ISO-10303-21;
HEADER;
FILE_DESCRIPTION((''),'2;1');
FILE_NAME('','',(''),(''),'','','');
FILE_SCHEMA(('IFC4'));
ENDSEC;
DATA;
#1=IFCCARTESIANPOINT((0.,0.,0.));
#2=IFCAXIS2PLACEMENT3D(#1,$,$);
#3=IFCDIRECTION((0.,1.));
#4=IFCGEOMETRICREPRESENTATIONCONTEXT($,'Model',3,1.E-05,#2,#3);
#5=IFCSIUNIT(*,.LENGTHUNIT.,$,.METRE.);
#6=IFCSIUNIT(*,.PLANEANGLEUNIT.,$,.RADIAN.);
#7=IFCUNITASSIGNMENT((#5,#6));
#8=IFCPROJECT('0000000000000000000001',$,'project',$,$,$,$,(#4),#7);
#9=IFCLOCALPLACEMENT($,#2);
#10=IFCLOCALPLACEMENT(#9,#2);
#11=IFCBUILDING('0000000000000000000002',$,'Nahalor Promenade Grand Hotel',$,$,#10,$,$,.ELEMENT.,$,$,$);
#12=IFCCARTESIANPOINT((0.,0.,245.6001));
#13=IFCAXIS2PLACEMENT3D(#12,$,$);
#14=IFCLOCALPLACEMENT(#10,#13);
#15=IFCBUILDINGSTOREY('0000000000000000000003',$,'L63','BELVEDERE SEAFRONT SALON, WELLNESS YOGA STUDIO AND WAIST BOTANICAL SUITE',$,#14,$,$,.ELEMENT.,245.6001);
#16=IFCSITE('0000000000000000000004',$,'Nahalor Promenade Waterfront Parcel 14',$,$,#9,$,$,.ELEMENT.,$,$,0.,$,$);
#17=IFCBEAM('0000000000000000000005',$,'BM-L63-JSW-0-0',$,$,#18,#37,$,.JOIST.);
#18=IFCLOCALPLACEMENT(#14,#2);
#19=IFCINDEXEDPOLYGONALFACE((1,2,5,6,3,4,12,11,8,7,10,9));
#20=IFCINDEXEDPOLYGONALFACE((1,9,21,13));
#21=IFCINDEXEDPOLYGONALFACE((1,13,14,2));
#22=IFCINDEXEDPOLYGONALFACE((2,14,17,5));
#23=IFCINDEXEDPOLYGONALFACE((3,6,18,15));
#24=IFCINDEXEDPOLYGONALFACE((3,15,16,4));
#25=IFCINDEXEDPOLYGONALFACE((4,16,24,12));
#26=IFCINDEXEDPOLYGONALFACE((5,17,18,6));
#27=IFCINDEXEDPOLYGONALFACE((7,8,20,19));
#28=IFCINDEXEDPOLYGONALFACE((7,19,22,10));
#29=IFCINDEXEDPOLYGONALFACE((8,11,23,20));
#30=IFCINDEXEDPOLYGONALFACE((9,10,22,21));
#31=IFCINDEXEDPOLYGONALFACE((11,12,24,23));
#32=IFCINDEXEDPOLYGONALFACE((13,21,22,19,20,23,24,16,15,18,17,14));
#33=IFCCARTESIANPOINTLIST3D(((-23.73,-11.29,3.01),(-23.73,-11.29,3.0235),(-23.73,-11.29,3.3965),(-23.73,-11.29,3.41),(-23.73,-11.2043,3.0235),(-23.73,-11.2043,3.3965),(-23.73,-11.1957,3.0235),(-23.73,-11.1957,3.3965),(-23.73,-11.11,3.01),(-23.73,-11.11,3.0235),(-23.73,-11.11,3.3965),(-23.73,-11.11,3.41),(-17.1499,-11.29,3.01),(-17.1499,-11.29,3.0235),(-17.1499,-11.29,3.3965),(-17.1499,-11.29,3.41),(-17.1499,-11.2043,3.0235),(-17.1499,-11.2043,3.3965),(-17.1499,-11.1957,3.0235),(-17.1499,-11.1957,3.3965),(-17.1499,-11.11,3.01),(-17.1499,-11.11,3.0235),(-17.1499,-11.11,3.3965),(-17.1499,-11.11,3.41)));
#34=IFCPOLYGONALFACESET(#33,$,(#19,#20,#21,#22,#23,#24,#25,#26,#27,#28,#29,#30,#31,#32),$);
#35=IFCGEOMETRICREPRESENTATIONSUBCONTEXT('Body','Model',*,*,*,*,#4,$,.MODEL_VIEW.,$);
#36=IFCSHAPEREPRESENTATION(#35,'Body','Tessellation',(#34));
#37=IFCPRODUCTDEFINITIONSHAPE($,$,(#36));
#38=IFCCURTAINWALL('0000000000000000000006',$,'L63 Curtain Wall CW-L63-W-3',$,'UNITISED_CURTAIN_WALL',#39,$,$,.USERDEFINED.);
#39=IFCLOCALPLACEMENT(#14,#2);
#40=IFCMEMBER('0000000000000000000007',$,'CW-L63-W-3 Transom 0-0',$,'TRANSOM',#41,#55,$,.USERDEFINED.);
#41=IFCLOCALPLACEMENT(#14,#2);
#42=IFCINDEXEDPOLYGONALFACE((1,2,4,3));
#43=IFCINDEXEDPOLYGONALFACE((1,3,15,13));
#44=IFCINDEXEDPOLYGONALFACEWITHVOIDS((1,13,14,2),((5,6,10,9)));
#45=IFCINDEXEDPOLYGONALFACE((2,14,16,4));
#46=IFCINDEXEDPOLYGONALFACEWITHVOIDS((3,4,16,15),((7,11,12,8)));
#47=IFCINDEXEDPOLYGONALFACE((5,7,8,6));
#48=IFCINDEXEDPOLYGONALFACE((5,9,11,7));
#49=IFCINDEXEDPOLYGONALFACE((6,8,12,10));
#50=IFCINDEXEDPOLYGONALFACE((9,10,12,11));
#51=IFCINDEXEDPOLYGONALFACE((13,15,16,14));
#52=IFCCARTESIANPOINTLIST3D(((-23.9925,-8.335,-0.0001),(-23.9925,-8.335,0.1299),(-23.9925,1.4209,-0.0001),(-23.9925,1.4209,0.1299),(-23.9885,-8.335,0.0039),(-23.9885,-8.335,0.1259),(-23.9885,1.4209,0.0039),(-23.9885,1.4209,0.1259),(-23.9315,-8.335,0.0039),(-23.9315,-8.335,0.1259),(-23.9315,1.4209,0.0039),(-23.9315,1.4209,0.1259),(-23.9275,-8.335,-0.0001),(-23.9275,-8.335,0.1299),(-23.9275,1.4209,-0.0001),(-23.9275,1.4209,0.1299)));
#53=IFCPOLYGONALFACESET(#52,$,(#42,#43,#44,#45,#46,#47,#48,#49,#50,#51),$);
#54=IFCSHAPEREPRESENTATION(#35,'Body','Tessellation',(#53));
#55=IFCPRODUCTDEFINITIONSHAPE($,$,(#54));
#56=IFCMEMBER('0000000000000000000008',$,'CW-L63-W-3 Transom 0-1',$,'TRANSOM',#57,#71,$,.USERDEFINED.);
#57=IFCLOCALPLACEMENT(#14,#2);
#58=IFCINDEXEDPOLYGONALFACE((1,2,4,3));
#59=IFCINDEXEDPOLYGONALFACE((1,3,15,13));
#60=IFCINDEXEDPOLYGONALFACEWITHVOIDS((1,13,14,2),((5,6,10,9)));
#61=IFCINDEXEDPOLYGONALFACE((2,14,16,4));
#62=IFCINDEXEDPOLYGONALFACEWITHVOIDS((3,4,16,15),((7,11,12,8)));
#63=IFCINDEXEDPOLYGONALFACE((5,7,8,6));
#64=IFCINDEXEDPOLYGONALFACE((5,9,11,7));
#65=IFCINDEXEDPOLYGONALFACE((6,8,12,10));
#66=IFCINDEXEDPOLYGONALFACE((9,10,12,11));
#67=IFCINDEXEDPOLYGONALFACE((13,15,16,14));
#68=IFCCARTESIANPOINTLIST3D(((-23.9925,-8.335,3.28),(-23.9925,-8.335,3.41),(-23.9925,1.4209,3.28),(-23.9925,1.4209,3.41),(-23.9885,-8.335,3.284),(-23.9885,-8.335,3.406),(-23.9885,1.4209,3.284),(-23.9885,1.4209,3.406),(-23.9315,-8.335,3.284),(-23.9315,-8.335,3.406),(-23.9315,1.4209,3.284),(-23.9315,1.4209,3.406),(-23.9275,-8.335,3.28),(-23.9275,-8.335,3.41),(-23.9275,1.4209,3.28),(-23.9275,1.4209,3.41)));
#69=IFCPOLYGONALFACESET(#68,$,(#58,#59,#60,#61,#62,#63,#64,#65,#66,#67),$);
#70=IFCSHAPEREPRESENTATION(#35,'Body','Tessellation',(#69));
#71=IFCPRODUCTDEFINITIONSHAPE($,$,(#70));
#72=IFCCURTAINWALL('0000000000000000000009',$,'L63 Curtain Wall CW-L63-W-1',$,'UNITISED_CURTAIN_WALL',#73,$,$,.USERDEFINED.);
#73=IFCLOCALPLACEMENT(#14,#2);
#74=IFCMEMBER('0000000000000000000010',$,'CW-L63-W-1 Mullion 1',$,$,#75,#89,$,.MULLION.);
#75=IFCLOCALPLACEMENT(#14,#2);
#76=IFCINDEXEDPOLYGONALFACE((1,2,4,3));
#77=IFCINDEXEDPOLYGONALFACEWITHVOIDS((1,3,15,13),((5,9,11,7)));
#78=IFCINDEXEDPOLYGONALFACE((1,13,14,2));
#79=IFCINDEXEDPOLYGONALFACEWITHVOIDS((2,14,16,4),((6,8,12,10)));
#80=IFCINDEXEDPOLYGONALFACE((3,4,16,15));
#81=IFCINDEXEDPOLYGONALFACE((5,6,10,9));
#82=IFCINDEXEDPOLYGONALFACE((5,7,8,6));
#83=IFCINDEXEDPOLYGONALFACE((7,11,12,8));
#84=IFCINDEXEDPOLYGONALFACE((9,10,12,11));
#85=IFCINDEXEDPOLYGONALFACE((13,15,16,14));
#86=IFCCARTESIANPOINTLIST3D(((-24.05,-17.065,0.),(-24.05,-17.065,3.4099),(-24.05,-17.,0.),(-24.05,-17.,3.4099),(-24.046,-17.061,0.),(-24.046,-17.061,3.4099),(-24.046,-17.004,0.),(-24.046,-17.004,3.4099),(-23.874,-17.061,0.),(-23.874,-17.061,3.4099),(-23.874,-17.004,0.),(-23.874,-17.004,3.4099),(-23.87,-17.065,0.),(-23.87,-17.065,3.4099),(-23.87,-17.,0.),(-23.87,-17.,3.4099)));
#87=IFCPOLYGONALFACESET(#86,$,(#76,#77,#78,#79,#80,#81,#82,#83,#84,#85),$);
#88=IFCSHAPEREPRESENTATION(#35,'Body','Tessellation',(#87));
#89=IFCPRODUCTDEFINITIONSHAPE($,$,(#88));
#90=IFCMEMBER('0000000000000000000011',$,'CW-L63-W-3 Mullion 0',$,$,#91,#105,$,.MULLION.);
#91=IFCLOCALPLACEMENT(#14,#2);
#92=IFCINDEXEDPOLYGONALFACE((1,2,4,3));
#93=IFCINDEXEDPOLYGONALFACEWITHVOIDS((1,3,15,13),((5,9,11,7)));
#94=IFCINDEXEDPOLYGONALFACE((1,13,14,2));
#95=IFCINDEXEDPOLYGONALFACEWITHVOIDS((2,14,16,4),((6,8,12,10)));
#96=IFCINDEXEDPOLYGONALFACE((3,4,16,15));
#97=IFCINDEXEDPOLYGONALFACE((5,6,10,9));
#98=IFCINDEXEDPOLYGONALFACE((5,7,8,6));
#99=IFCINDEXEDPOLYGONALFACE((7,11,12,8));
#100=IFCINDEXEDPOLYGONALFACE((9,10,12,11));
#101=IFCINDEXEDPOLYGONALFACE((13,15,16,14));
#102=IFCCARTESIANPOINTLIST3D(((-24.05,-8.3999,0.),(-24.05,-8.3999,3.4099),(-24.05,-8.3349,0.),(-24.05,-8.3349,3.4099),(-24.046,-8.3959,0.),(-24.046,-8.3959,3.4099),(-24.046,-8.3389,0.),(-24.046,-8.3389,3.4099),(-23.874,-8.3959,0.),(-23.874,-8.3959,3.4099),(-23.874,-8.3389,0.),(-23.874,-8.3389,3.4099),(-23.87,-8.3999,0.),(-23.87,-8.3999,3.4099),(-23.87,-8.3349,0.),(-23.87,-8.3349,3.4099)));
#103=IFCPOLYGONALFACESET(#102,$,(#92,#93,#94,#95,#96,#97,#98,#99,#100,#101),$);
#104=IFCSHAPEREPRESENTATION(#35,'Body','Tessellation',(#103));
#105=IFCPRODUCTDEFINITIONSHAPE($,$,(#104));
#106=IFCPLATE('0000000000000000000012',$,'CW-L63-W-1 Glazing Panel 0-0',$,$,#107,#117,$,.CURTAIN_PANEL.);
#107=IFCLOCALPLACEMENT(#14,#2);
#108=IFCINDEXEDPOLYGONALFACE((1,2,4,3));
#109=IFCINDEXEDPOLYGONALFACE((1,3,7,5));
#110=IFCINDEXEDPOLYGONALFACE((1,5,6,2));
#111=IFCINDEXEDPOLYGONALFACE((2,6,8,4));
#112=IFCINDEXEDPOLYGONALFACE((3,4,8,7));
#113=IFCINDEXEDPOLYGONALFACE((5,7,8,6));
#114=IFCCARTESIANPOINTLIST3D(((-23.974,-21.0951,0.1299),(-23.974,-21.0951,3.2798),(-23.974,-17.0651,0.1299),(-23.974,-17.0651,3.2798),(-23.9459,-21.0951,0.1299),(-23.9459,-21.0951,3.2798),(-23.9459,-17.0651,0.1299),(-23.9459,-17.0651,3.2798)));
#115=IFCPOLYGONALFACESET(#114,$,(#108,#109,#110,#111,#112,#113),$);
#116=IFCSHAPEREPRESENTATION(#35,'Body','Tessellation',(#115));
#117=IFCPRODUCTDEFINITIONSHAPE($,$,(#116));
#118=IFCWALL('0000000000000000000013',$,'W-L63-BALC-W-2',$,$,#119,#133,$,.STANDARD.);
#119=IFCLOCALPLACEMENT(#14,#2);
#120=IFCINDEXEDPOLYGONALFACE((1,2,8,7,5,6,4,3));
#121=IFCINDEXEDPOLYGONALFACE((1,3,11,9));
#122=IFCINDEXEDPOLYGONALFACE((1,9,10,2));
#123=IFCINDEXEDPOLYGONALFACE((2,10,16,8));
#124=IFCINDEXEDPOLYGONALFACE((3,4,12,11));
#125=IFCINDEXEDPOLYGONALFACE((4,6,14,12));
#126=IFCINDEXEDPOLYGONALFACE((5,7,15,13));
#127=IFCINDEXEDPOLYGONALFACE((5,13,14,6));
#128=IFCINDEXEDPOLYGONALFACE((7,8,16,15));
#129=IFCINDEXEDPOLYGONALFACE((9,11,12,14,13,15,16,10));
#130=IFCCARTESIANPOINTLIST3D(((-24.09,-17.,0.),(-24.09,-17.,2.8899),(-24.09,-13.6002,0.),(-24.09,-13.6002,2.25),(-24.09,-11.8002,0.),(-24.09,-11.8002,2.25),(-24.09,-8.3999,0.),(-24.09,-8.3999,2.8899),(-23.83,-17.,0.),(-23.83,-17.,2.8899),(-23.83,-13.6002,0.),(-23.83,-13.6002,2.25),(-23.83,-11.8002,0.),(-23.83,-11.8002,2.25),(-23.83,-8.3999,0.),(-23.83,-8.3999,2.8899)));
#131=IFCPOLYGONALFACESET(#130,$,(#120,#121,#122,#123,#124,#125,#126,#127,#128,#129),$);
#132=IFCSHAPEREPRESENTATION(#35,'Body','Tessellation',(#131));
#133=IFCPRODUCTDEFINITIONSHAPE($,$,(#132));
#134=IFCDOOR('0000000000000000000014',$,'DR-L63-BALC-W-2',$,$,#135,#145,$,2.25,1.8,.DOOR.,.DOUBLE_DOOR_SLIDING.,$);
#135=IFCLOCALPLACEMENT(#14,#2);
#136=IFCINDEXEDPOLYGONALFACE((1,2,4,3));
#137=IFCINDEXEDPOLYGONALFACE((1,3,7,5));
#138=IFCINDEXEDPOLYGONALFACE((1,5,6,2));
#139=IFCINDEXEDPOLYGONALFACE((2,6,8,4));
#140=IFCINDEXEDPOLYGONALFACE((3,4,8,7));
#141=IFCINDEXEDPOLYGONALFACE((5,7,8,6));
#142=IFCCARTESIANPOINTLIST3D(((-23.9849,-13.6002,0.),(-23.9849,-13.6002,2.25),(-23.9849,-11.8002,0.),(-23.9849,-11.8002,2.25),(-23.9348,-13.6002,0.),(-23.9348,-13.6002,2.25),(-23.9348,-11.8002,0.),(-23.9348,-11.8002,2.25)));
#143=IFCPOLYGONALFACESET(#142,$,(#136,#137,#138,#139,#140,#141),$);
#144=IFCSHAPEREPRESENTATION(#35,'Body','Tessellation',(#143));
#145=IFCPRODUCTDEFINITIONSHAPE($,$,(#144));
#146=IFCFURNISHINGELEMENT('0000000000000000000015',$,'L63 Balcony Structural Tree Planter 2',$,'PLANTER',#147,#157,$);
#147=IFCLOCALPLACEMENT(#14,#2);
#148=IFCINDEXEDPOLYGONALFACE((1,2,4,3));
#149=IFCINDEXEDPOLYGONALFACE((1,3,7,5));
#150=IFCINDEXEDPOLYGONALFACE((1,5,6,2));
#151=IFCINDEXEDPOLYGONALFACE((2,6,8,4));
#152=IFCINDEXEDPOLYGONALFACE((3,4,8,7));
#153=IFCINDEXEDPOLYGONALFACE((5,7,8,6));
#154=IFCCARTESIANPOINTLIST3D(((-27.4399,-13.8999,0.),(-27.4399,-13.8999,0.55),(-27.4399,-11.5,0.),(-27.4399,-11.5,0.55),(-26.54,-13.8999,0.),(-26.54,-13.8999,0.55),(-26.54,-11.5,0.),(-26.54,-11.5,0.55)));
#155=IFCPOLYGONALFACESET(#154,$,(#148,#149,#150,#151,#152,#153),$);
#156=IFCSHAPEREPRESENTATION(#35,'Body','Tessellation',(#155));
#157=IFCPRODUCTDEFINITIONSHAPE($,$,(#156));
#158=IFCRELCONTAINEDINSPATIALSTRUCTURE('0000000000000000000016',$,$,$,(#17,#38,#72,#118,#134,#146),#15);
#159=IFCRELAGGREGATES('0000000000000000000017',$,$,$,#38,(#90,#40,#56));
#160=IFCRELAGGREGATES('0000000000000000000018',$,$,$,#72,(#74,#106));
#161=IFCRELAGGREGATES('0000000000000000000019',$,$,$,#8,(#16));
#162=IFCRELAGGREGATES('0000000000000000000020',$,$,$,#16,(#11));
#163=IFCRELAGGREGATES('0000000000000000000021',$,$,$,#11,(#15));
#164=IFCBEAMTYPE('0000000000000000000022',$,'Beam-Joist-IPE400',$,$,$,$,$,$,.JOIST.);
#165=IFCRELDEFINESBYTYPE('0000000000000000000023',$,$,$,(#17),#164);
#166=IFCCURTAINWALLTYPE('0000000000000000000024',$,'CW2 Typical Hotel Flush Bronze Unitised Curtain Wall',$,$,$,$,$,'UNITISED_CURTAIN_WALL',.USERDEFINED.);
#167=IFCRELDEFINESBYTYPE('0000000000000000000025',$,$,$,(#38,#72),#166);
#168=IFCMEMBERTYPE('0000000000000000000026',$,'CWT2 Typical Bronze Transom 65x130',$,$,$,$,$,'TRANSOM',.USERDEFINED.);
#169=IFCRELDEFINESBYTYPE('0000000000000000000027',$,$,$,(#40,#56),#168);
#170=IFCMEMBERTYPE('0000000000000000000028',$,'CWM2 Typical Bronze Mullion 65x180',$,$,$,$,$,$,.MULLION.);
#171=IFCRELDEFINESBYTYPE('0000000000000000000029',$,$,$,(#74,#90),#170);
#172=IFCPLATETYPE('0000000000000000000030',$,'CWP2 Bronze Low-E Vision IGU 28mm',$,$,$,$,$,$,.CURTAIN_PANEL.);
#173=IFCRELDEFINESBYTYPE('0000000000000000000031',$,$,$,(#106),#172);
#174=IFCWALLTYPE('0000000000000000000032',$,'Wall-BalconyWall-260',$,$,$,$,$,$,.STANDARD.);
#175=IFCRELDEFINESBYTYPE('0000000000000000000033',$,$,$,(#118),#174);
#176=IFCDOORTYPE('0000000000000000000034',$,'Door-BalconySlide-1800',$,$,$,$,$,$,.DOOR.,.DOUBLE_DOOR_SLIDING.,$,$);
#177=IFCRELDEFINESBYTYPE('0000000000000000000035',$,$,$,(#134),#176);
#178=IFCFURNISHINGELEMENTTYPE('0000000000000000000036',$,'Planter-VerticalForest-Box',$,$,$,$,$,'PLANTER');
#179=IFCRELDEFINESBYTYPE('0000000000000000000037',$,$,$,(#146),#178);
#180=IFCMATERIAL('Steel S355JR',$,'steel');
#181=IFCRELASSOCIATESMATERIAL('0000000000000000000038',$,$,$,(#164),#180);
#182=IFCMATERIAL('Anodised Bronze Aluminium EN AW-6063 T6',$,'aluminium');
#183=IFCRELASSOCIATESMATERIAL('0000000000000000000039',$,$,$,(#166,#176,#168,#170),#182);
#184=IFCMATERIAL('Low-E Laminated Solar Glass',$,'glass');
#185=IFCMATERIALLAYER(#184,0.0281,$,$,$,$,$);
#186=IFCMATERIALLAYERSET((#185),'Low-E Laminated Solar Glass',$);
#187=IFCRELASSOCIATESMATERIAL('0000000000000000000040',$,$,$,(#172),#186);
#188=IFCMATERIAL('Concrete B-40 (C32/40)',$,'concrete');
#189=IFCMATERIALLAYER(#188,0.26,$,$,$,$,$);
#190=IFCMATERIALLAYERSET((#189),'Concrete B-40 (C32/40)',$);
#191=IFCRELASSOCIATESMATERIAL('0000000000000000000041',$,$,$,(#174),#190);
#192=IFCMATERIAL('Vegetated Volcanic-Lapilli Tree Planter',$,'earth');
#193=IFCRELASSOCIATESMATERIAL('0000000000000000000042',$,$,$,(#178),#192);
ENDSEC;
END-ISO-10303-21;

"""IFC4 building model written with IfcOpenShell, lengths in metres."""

from ifc_helpers import new_model, si_unit, direction, frame, frame_2d, origin, origin_2d, place, context, subcontext, project, spatial, rectangle, hollow_rectangle, i_section, extrude, source, transform, mapped, material, layer, layer_set, material_profile, profile_set, type_object, element, fill, aggregate, save


model = new_model("IFC4")

# Units and contexts
model_context = context("Model", 3, precision=1e-05, world=origin(), true_north=direction((0.0, 1.0)))
body_context = subcontext(model_context, "Body", "Model", "MODEL_VIEW")
ifc_project = project(units=[si_unit("LENGTHUNIT", "METRE"), si_unit("PLANEANGLEUNIT", "RADIAN")], contexts=[model_context])

# Site, building, storey
site_placement = place(None, origin())
site = spatial("IfcSite", under=ifc_project, at=site_placement, Name="Nahalor Promenade Waterfront Parcel 14", CompositionType="ELEMENT", RefElevation=0.0)
building_placement = place(site_placement, origin())
building = spatial("IfcBuilding", under=site, at=building_placement, Name="Nahalor Promenade Grand Hotel", CompositionType="ELEMENT")
storey_placement = place(building_placement, frame((0.0, 0.0, 245.6001)))
storey = spatial("IfcBuildingStorey", under=building, at=storey_placement, Name="L63", Description="BELVEDERE SEAFRONT SALON, WELLNESS YOGA STUDIO AND WAIST BOTANICAL SUITE", CompositionType="ELEMENT", Elevation=245.6001)

# Shared definitions
ifc_material_1 = material(Name="Steel S355JR", Category="steel")

# Beam
ifc_material_profile_1 = material_profile(ifc_material_1, i_section(OverallWidth=0.18, OverallDepth=0.4, WebThickness=0.0086, FlangeThickness=0.0135, at=origin_2d()), Name="IPE 400")
ifc_profile_set_1 = profile_set([ifc_material_profile_1], Name="Steel S355JR")
beam_type_1 = type_object("IfcBeamType", Name="Beam-Joist-IPE400", PredefinedType="JOIST", material=ifc_profile_set_1)
shared_shape_1 = source(origin(), body_context, "Body", "SweptSolid", [
    extrude(i_section(OverallWidth=0.18, OverallDepth=0.4, WebThickness=0.0086, FlangeThickness=0.0135, at=origin_2d()), origin(), (0.0, 0.0, 1.0), 6.5801),
])
beam_1_placement = place(storey_placement, frame((-23.73, -11.2, 3.21), z_axis=(1.0, 0.0, 0.0), x_axis=(0.0, 1.0, 0.0)))
element("IfcBeam", 1, at=beam_1_placement, inside=storey, type_object=beam_type_1, Name="BM-L63-JSW-0-0", PredefinedType="JOIST", context=body_context, shape_type="MappedRepresentation", body=[
    mapped(shared_shape_1, transform((0.0, 0.0, 0.0), scale=1.0)),
])

# Curtain wall, members
ifc_material_2 = material(Name="Anodised Bronze Aluminium EN AW-6063 T6", Category="aluminium")
curtain_wall_type = type_object("IfcCurtainWallType", Name="CW2 Typical Hotel Flush Bronze Unitised Curtain Wall", ElementType="UNITISED_CURTAIN_WALL", PredefinedType="USERDEFINED", material=ifc_material_2)
curtain_wall_1_placement = place(storey_placement, origin())
curtain_wall_1 = element("IfcCurtainWall", 2, at=curtain_wall_1_placement, inside=storey, type_object=curtain_wall_type, Name="L63 Curtain Wall CW-L63-W-3", ObjectType="UNITISED_CURTAIN_WALL", PredefinedType="USERDEFINED")
ifc_material_profile_2 = material_profile(ifc_material_2, hollow_rectangle(XDim=0.065, YDim=0.13, WallThickness=0.004, at=origin_2d()), Name="CWT 65x130x4")
ifc_profile_set_2 = profile_set([ifc_material_profile_2], Name="Anodised Bronze Aluminium EN AW-6063 T6")
member_type_1 = type_object("IfcMemberType", Name="CWT2 Typical Bronze Transom 65x130", ElementType="TRANSOM", PredefinedType="USERDEFINED", material=ifc_profile_set_2)
shared_shape_2 = source(origin(), body_context, "Body", "SweptSolid", [
    extrude(hollow_rectangle(XDim=0.065, YDim=0.13, WallThickness=0.004, at=origin_2d()), origin(), (0.0, 0.0, 1.0), 9.7559),
])
member_1_placement = place(storey_placement, frame((-23.96, -8.335, 0.0649), z_axis=(0.0, 1.0, 0.0), x_axis=(-1.0, 0.0, 0.0)))
member_1 = element("IfcMember", 3, at=member_1_placement, type_object=member_type_1, Name="CW-L63-W-3 Transom 0-0", ObjectType="TRANSOM", PredefinedType="USERDEFINED", context=body_context, shape_type="MappedRepresentation", body=[
    mapped(shared_shape_2, transform((0.0, 0.0, 0.0), scale=1.0)),
])
member_2_placement = place(storey_placement, frame((-23.96, -8.335, 3.345), z_axis=(0.0, 1.0, 0.0), x_axis=(-1.0, 0.0, 0.0)))
member_2 = element("IfcMember", 4, at=member_2_placement, type_object=member_type_1, Name="CW-L63-W-3 Transom 0-1", ObjectType="TRANSOM", PredefinedType="USERDEFINED", context=body_context, shape_type="MappedRepresentation", body=[
    mapped(shared_shape_2, transform((0.0, 0.0, 0.0), scale=1.0)),
])

# Curtain wall, member
curtain_wall_2_placement = place(storey_placement, origin())
curtain_wall_2 = element("IfcCurtainWall", 5, at=curtain_wall_2_placement, inside=storey, type_object=curtain_wall_type, Name="L63 Curtain Wall CW-L63-W-1", ObjectType="UNITISED_CURTAIN_WALL", PredefinedType="USERDEFINED")
ifc_material_profile_3 = material_profile(ifc_material_2, hollow_rectangle(XDim=0.065, YDim=0.18, WallThickness=0.004, at=origin_2d()), Name="CWM 65x180x4")
ifc_profile_set_3 = profile_set([ifc_material_profile_3], Name="Anodised Bronze Aluminium EN AW-6063 T6")
member_type_2 = type_object("IfcMemberType", Name="CWM2 Typical Bronze Mullion 65x180", PredefinedType="MULLION", material=ifc_profile_set_3)
shared_shape_3 = source(origin(), body_context, "Body", "SweptSolid", [
    extrude(hollow_rectangle(XDim=0.065, YDim=0.18, WallThickness=0.004, at=origin_2d()), origin(), (0.0, 0.0, 1.0), 3.4099),
])
member_3_placement = place(storey_placement, frame((-23.96, -17.0325, 0.0), z_axis=(0.0, 0.0, 1.0), x_axis=(0.0, 1.0, 0.0)))
member_3 = element("IfcMember", 6, at=member_3_placement, type_object=member_type_2, Name="CW-L63-W-1 Mullion 1", PredefinedType="MULLION", context=body_context, shape_type="MappedRepresentation", body=[
    mapped(shared_shape_3, transform((0.0, 0.0, 0.0), scale=1.0)),
])

# Member
member_4_placement = place(storey_placement, frame((-23.96, -8.3674, 0.0), z_axis=(0.0, 0.0, 1.0), x_axis=(0.0, 1.0, 0.0)))
member_4 = element("IfcMember", 7, at=member_4_placement, type_object=member_type_2, Name="CW-L63-W-3 Mullion 0", PredefinedType="MULLION", context=body_context, shape_type="MappedRepresentation", body=[
    mapped(shared_shape_3, transform((0.0, 0.0, 0.0), scale=1.0)),
])
aggregate(curtain_wall_1, [member_4, member_1, member_2])

# Plate
ifc_material_3 = material(Name="Low-E Laminated Solar Glass", Category="glass")
ifc_layer_1 = layer(ifc_material_3, 0.0281)
ifc_layer_set_1 = layer_set([ifc_layer_1], Name="Low-E Laminated Solar Glass")
plate_type = type_object("IfcPlateType", Name="CWP2 Bronze Low-E Vision IGU 28mm", PredefinedType="CURTAIN_PANEL", material=ifc_layer_set_1)
shared_shape_4 = source(origin(), body_context, "Body", "SweptSolid", [
    extrude(rectangle(XDim=4.03, YDim=0.0281, at=origin_2d()), origin(), (0.0, 0.0, 1.0), 3.1499),
])
plate_placement = place(storey_placement, frame((-23.96, -19.0801, 0.1299), z_axis=(0.0, 0.0, 1.0), x_axis=(0.0, 1.0, 0.0)))
plate = element("IfcPlate", 8, at=plate_placement, type_object=plate_type, Name="CW-L63-W-1 Glazing Panel 0-0", PredefinedType="CURTAIN_PANEL", context=body_context, shape_type="MappedRepresentation", body=[
    mapped(shared_shape_4, transform((0.0, 0.0, 0.0), scale=1.0)),
])
aggregate(curtain_wall_2, [member_3, plate])

# Wall, opening, door
ifc_material_4 = material(Name="Concrete B-40 (C32/40)", Category="concrete")
ifc_layer_2 = layer(ifc_material_4, 0.26)
ifc_layer_set_2 = layer_set([ifc_layer_2], Name="Concrete B-40 (C32/40)")
wall_type = type_object("IfcWallType", Name="Wall-BalconyWall-260", PredefinedType="STANDARD", material=ifc_layer_set_2)
shared_shape_5 = source(origin(), body_context, "Body", "SweptSolid", [
    extrude(rectangle(XDim=8.6001, YDim=0.26, at=frame_2d((4.3, 0.0))), origin(), (0.0, 0.0, 1.0), 2.8899),
])
wall_placement = place(storey_placement, frame((-23.96, -17.0, 0.0), z_axis=(0.0, 0.0, 1.0), x_axis=(0.0, 1.0, 0.0)))
wall = element("IfcWall", 9, at=wall_placement, inside=storey, type_object=wall_type, Name="W-L63-BALC-W-2", PredefinedType="STANDARD", context=body_context, shape_type="MappedRepresentation", body=[
    mapped(shared_shape_5, transform((0.0, 0.0, 0.0), scale=1.0)),
])
opening_placement = place(wall_placement, frame((3.3999, 0.0, 0.0)))
opening = element("IfcOpeningElement", 10, at=opening_placement, cuts=wall, PredefinedType="OPENING", context=body_context, shape_type="SweptSolid", body=[
    extrude(rectangle(XDim=1.8, YDim=2.25, at=frame_2d((0.8999, 1.125))), frame((0.0, 0.1399, 0.0), z_axis=(0.0, -1.0, 0.0), x_axis=(1.0, 0.0, 0.0)), (0.0, 0.0, 1.0), 0.28),
])
door_type = type_object("IfcDoorType", Name="Door-BalconySlide-1800", OperationType="DOUBLE_DOOR_SLIDING", PredefinedType="DOOR", material=ifc_material_2)
shared_shape_6 = source(origin(), body_context, "Body", "SweptSolid", [
    extrude(rectangle(XDim=1.8, YDim=2.25, at=frame_2d((0.8999, 1.125))), frame((0.0, 0.0249, 0.0), z_axis=(0.0, -1.0, 0.0), x_axis=(1.0, 0.0, 0.0)), (0.0, 0.0, 1.0), 0.05),
])
door_placement = place(opening_placement, origin())
door = element("IfcDoor", 11, at=door_placement, inside=storey, type_object=door_type, Name="DR-L63-BALC-W-2", OperationType="DOUBLE_DOOR_SLIDING", OverallHeight=2.25, OverallWidth=1.8, PredefinedType="DOOR", context=body_context, shape_type="MappedRepresentation", body=[
    mapped(shared_shape_6, transform((0.0, 0.0, 0.0), scale=1.0)),
])
fill(opening, door)

# Furnishing element
ifc_material_5 = material(Name="Vegetated Volcanic-Lapilli Tree Planter", Category="earth")
furnishing_element_type = type_object("IfcFurnishingElementType", Name="Planter-VerticalForest-Box", ElementType="PLANTER", material=ifc_material_5)
shared_shape_7 = source(origin(), body_context, "Body", "SweptSolid", [
    extrude(rectangle(XDim=2.3999, YDim=0.8999, at=origin_2d()), origin(), (0.0, 0.0, 1.0), 0.55),
])
furnishing_placement = place(storey_placement, frame((-26.99, -12.7, 0.0), z_axis=(0.0, 0.0, 1.0), x_axis=(0.0, 1.0, 0.0)))
element("IfcFurnishingElement", 12, at=furnishing_placement, inside=storey, type_object=furnishing_element_type, Name="L63 Balcony Structural Tree Planter 2", ObjectType="PLANTER", context=body_context, shape_type="MappedRepresentation", body=[
    mapped(shared_shape_7, transform((0.0, 0.0, 0.0), scale=1.0)),
])

save(model, "model.ifc")
